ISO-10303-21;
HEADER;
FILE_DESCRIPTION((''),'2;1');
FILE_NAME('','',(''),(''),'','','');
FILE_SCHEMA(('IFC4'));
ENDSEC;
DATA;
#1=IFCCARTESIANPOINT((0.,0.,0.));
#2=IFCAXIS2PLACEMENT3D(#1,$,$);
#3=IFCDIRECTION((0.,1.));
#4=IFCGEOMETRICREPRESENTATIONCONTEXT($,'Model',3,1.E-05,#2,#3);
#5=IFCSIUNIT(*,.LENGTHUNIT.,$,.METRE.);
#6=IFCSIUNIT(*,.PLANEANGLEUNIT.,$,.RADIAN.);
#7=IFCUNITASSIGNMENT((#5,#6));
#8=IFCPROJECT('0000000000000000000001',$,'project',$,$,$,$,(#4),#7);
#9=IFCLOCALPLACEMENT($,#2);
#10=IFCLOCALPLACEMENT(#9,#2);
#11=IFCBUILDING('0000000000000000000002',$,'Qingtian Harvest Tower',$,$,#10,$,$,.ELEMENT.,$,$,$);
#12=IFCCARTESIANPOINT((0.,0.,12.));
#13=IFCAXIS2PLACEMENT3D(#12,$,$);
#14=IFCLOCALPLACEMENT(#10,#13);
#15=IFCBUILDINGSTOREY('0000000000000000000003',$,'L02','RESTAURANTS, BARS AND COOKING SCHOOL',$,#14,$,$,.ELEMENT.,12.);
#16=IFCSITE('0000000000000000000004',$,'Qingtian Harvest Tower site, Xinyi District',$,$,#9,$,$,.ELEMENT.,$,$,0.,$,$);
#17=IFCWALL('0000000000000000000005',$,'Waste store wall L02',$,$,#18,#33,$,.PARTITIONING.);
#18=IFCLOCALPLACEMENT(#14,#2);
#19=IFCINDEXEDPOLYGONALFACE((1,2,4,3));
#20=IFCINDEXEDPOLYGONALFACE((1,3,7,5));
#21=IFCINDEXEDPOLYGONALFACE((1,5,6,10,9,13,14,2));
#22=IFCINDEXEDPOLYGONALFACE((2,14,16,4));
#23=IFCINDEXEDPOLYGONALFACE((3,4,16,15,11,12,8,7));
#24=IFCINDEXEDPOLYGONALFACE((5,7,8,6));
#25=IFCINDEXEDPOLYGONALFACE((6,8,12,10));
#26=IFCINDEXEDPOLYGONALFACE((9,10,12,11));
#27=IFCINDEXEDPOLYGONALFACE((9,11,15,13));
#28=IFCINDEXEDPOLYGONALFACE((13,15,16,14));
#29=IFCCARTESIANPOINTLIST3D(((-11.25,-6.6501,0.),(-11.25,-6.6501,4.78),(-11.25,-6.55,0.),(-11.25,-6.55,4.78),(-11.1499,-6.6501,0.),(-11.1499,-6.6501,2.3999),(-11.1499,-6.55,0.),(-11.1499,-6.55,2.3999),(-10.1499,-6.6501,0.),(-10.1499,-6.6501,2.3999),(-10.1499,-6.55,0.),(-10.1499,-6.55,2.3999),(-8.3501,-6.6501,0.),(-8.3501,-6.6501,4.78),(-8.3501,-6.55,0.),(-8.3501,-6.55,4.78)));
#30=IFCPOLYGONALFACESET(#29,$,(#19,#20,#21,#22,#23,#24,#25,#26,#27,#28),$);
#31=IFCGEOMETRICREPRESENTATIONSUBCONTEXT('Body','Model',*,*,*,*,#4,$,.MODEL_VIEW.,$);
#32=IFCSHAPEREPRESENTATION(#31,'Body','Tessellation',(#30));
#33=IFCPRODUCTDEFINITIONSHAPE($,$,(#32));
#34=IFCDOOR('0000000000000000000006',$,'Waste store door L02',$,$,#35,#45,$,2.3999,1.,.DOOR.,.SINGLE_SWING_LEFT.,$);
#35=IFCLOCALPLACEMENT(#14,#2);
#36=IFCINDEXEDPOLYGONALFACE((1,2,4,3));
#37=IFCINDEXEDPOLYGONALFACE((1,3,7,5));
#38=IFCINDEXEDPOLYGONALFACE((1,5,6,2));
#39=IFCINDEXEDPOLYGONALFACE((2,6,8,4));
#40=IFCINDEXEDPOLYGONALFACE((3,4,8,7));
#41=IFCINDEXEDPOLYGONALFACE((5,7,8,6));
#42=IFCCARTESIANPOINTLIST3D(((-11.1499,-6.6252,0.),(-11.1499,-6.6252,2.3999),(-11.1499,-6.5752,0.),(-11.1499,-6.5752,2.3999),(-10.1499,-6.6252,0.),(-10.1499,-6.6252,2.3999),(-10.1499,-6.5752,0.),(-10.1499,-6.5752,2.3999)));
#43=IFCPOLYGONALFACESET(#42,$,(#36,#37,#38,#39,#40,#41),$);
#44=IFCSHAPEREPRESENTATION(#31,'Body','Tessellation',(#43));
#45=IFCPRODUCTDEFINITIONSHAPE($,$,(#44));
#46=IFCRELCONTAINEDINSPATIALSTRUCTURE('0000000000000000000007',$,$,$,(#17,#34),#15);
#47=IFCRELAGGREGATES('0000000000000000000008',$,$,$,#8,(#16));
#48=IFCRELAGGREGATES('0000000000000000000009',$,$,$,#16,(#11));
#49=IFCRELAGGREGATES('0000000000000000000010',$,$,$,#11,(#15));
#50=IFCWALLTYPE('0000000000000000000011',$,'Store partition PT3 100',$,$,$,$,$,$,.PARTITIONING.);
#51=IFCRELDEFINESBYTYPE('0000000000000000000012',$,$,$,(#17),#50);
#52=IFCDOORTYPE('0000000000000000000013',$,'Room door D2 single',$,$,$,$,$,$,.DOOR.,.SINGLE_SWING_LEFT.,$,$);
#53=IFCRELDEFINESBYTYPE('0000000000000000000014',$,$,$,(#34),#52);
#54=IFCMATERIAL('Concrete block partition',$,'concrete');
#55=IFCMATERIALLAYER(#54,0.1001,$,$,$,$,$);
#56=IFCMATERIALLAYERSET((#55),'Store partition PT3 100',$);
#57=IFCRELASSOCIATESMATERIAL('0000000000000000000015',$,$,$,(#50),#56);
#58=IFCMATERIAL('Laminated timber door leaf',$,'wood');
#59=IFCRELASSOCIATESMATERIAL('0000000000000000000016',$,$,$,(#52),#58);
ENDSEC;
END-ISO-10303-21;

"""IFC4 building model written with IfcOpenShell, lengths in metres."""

from ifc_helpers import new_model, si_unit, direction, frame, frame_2d, origin, place, context, subcontext, project, spatial, rectangle, extrude, material, layer, layer_set, type_object, element, fill, save


model = new_model("IFC4")

# Units and contexts
model_context = context("Model", 3, precision=1e-05, world=origin(), true_north=direction((0.0, 1.0)))
body_context = subcontext(model_context, "Body", "Model", "MODEL_VIEW")
ifc_project = project(units=[si_unit("LENGTHUNIT", "METRE"), si_unit("PLANEANGLEUNIT", "RADIAN")], contexts=[model_context])

# Site, building, storey
site_placement = place(None, origin())
site = spatial("IfcSite", under=ifc_project, at=site_placement, Name="Qingtian Harvest Tower site, Xinyi District", CompositionType="ELEMENT", RefElevation=0.0)
building_placement = place(site_placement, origin())
building = spatial("IfcBuilding", under=site, at=building_placement, Name="Qingtian Harvest Tower", CompositionType="ELEMENT")
storey_placement = place(building_placement, frame((0.0, 0.0, 12.0)))
storey = spatial("IfcBuildingStorey", under=building, at=storey_placement, Name="L02", Description="RESTAURANTS, BARS AND COOKING SCHOOL", CompositionType="ELEMENT", Elevation=12.0)

# Wall, opening, door
ifc_material_1 = material(Name="Concrete block partition", Category="concrete")
ifc_layer_1 = layer(ifc_material_1, 0.1001)
ifc_layer_set_1 = layer_set([ifc_layer_1], Name="Store partition PT3 100")
wall_type_1 = type_object("IfcWallType", Name="Store partition PT3 100", PredefinedType="PARTITIONING", material=ifc_layer_set_1)
wall_1_placement = place(storey_placement, frame((-11.25, -6.6001, 0.0), z_axis=(0.0, 0.0, 1.0), x_axis=(1.0, 0.0, 0.0)))
wall_1 = element("IfcWall", 1, at=wall_1_placement, inside=storey, type_object=wall_type_1, Name="Waste store wall L02", PredefinedType="PARTITIONING", context=body_context, shape_type="SweptSolid", body=[
    extrude(rectangle(XDim=2.8999, YDim=0.1001, at=frame_2d((1.45, 0.0))), origin(), (0.0, 0.0, 1.0), 4.78),
])
opening_1_placement = place(wall_1_placement, frame((0.1001, 0.0, 0.0)))
opening_1 = element("IfcOpeningElement", 2, at=opening_1_placement, cuts=wall_1, PredefinedType="OPENING", context=body_context, shape_type="SweptSolid", body=[
    extrude(rectangle(XDim=1.0, YDim=2.3999, at=frame_2d((0.5, 1.2))), frame((0.0, 0.0601, 0.0), z_axis=(0.0, -1.0, 0.0), x_axis=(1.0, 0.0, 0.0)), (0.0, 0.0, 1.0), 0.1201),
])
ifc_material_2 = material(Name="Laminated timber door leaf", Category="wood")
door_type_1 = type_object("IfcDoorType", Name="Room door D2 single", OperationType="SINGLE_SWING_LEFT", PredefinedType="DOOR", material=ifc_material_2)
door_1_placement = place(opening_1_placement, origin())
door_1 = element("IfcDoor", 3, at=door_1_placement, inside=storey, type_object=door_type_1, Name="Waste store door L02", OperationType="SINGLE_SWING_LEFT", OverallHeight=2.3999, OverallWidth=1.0, PredefinedType="DOOR", context=body_context, shape_type="SweptSolid", body=[
    extrude(rectangle(XDim=1.0, YDim=2.3999, at=frame_2d((0.5, 1.2))), frame((0.0, 0.0249, 0.0), z_axis=(0.0, -1.0, 0.0), x_axis=(1.0, 0.0, 0.0)), (0.0, 0.0, 1.0), 0.05),
])
fill(opening_1, door_1)

save(model, "model.ifc")
